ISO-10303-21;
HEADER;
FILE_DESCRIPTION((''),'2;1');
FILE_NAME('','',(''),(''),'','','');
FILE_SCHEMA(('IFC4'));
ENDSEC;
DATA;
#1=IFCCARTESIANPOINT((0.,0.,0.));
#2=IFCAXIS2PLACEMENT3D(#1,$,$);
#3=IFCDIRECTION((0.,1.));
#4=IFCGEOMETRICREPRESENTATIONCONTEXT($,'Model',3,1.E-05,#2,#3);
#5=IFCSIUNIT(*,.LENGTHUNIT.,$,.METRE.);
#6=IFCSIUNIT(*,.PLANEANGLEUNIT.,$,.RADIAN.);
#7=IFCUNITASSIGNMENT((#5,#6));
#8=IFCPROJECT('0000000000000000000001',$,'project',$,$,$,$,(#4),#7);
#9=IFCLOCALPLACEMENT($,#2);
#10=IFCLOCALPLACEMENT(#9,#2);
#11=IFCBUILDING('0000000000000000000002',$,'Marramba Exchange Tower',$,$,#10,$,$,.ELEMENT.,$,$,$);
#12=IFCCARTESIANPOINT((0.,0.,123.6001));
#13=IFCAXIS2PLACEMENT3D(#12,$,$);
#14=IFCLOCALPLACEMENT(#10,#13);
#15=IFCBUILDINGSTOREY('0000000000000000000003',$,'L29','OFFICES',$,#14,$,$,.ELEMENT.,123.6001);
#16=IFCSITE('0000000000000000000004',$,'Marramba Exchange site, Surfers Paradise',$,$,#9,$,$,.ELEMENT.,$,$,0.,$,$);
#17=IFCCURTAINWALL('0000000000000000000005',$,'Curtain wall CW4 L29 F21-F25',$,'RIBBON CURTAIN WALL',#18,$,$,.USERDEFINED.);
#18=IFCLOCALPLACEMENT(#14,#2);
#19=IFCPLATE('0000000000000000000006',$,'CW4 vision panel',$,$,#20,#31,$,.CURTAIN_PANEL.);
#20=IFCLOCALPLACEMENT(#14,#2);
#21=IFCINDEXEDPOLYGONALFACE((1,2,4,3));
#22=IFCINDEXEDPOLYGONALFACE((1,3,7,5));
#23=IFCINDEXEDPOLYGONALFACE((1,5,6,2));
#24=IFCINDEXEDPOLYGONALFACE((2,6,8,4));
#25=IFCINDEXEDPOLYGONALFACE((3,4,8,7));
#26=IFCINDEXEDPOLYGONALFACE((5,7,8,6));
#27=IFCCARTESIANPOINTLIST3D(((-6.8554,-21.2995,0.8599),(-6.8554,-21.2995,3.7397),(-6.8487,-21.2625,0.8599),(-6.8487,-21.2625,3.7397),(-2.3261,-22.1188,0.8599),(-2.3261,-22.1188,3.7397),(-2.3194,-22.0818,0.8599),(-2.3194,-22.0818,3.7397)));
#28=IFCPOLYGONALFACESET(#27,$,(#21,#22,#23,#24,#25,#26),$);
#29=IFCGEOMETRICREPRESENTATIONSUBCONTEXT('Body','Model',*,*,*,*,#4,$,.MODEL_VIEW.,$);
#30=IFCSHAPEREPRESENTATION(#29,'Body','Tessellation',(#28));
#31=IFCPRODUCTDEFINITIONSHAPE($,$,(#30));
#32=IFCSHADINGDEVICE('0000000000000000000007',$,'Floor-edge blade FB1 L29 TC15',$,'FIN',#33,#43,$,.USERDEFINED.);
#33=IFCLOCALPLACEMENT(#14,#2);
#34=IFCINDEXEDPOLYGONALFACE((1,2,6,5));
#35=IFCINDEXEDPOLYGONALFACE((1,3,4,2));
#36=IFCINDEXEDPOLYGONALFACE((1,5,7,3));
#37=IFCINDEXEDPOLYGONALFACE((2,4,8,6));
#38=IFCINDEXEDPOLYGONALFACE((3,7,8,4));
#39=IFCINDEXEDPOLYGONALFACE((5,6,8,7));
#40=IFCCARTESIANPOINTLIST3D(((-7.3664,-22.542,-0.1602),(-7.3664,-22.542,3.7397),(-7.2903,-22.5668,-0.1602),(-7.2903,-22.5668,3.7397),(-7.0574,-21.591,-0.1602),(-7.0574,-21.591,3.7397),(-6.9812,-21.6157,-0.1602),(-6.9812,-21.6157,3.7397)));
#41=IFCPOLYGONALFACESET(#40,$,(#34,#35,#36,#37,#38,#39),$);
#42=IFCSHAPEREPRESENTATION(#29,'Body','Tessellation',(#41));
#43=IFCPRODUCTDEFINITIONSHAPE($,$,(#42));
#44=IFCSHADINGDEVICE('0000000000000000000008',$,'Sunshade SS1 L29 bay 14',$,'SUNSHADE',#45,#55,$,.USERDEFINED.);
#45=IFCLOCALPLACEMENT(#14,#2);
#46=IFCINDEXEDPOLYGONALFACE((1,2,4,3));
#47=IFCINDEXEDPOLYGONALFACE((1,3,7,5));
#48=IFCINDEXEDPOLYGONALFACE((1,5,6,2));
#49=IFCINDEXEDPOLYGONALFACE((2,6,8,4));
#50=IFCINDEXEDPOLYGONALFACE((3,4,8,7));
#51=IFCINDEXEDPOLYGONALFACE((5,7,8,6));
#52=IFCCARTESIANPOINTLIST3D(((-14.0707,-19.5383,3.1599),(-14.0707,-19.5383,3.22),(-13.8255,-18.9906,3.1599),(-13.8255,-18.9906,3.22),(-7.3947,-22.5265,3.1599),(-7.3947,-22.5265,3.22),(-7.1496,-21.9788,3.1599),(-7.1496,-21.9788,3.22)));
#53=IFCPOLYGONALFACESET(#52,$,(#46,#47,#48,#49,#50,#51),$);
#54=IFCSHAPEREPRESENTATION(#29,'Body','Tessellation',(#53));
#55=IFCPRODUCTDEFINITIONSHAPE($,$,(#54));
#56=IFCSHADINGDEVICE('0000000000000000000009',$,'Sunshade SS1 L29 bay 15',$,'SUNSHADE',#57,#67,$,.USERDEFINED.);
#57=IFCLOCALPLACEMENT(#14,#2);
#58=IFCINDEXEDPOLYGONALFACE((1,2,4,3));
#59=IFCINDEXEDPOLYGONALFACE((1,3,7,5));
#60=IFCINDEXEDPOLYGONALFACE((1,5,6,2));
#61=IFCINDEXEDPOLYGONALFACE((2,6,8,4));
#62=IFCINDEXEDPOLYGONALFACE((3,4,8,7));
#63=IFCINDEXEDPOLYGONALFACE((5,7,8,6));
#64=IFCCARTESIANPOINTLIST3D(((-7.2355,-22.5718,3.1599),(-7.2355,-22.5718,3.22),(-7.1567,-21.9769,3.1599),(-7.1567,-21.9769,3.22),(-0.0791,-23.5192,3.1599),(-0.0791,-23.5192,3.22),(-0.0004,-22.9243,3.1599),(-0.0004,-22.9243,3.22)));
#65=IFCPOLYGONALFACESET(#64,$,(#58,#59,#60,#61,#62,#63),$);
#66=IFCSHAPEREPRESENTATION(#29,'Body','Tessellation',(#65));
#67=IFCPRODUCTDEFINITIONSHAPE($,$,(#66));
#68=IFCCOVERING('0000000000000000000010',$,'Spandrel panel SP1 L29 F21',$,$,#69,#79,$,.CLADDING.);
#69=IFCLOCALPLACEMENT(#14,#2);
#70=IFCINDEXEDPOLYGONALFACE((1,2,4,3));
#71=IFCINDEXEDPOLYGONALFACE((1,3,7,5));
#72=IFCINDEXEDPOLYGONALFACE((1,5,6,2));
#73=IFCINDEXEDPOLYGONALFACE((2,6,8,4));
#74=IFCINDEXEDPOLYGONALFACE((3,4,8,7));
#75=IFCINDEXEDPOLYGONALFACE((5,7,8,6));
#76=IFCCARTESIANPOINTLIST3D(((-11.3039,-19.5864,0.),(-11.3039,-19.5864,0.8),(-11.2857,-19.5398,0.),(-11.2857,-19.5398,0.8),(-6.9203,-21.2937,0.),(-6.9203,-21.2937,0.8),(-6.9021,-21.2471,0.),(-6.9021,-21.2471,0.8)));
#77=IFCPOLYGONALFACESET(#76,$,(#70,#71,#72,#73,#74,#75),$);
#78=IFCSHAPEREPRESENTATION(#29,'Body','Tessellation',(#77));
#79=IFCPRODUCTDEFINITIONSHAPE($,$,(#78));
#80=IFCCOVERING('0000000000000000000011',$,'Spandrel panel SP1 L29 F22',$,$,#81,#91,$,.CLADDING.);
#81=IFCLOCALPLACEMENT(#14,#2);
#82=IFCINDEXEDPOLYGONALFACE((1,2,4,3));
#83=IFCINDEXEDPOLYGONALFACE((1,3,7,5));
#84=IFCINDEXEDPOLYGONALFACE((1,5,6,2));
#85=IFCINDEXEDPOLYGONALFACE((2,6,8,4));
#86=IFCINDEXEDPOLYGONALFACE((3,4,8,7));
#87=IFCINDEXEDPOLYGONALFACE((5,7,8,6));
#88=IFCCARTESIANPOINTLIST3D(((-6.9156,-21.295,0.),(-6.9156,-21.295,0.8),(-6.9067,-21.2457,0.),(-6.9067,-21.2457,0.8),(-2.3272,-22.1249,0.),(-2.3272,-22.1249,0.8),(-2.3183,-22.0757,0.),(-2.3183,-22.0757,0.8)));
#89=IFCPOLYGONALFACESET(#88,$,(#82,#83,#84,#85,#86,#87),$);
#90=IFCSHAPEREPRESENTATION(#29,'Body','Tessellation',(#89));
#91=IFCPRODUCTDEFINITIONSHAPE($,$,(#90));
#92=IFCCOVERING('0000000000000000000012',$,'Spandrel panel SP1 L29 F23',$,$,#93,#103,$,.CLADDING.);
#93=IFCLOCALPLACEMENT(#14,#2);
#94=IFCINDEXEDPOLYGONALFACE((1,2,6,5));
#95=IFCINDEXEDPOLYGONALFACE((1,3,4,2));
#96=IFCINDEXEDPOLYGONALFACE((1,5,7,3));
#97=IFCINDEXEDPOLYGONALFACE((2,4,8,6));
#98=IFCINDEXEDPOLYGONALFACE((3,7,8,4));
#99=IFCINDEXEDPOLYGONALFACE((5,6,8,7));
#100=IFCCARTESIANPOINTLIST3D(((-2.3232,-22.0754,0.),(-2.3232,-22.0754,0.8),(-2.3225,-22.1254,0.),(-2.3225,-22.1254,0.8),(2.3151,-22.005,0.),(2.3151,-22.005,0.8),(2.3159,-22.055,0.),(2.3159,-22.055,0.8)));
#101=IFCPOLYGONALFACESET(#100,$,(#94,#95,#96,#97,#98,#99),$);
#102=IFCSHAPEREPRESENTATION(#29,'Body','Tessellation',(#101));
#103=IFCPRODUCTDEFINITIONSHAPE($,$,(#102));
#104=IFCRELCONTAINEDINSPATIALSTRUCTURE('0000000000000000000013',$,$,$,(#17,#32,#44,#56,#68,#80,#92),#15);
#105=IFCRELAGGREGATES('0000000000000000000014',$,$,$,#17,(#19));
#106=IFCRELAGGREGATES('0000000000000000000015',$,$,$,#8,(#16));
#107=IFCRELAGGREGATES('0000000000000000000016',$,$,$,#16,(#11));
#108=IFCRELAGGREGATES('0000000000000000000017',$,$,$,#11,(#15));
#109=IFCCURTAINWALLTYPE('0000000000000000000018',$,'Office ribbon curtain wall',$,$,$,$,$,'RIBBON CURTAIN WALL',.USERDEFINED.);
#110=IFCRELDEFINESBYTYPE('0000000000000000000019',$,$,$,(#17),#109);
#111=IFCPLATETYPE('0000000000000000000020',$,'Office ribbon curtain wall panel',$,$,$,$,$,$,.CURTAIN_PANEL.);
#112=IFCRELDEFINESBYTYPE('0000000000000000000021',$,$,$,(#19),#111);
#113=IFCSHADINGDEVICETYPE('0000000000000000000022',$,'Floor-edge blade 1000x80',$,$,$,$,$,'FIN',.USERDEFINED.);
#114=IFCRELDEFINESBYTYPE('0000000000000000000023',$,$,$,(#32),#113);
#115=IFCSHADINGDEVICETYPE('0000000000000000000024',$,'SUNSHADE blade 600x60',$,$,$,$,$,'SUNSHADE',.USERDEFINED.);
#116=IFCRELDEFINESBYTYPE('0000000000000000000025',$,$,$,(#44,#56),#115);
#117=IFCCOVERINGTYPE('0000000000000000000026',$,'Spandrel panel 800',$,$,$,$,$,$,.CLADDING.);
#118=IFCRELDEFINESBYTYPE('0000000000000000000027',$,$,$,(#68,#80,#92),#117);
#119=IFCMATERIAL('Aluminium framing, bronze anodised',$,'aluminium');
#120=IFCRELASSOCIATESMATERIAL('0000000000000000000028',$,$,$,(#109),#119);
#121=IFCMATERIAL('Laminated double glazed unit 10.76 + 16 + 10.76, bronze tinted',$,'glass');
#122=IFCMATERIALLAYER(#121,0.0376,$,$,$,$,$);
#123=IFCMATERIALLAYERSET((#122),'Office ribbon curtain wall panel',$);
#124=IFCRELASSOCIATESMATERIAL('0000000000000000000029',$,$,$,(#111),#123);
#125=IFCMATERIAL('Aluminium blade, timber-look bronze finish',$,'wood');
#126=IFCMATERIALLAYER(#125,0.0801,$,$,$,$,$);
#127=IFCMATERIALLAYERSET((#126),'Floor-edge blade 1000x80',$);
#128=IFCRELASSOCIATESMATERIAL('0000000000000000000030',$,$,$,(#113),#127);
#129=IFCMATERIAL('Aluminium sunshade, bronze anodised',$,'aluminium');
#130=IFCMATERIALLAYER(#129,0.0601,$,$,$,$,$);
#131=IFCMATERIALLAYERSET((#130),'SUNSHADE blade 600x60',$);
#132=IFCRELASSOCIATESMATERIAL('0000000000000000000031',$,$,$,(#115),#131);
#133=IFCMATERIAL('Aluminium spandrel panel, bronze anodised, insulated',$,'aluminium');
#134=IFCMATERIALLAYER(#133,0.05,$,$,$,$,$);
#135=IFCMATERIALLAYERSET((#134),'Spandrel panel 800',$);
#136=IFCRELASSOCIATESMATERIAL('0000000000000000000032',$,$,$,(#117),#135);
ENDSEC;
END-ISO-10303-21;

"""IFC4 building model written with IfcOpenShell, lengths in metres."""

from ifc_helpers import new_model, si_unit, direction, frame, origin, origin_2d, place, context, subcontext, project, spatial, rectangle, extrude, material, layer, layer_set, type_object, element, aggregate, save


model = new_model("IFC4")

# Units and contexts
model_context = context("Model", 3, precision=1e-05, world=origin(), true_north=direction((0.0, 1.0)))
body_context = subcontext(model_context, "Body", "Model", "MODEL_VIEW")
ifc_project = project(units=[si_unit("LENGTHUNIT", "METRE"), si_unit("PLANEANGLEUNIT", "RADIAN")], contexts=[model_context])

# Site, building, storey
site_placement = place(None, origin())
site = spatial("IfcSite", under=ifc_project, at=site_placement, Name="Marramba Exchange site, Surfers Paradise", CompositionType="ELEMENT", RefElevation=0.0)
building_placement = place(site_placement, origin())
building = spatial("IfcBuilding", under=site, at=building_placement, Name="Marramba Exchange Tower", CompositionType="ELEMENT")
storey_placement = place(building_placement, frame((0.0, 0.0, 123.6001)))
storey = spatial("IfcBuildingStorey", under=building, at=storey_placement, Name="L29", Description="OFFICES", CompositionType="ELEMENT", Elevation=123.6001)

# Curtain wall
ifc_material_1 = material(Name="Aluminium framing, bronze anodised", Category="aluminium")
curtain_wall_type = type_object("IfcCurtainWallType", Name="Office ribbon curtain wall", ElementType="RIBBON CURTAIN WALL", PredefinedType="USERDEFINED", material=ifc_material_1)
curtain_wall_1_placement = place(storey_placement, origin())
curtain_wall_1 = element("IfcCurtainWall", 1, at=curtain_wall_1_placement, inside=storey, type_object=curtain_wall_type, Name="Curtain wall CW4 L29 F21-F25", ObjectType="RIBBON CURTAIN WALL", PredefinedType="USERDEFINED")

# Shared definitions
ifc_material_2 = material(Name="Laminated double glazed unit 10.76 + 16 + 10.76, bronze tinted", Category="glass")
ifc_layer_1 = layer(ifc_material_2, 0.0376)
ifc_layer_set_1 = layer_set([ifc_layer_1], Name="Office ribbon curtain wall panel")
plate_type = type_object("IfcPlateType", Name="Office ribbon curtain wall panel", PredefinedType="CURTAIN_PANEL", material=ifc_layer_set_1)

# Plate
plate_1_placement = place(storey_placement, frame((-4.5874, -21.6907, 0.8599), z_axis=(0.0, 0.0, 1.0), x_axis=(0.984032, -0.177992, 0.0)))
plate_1 = element("IfcPlate", 2, at=plate_1_placement, type_object=plate_type, Name="CW4 vision panel", PredefinedType="CURTAIN_PANEL", context=body_context, shape_type="SweptSolid", body=[
    extrude(rectangle(XDim=4.6028, YDim=0.0376, at=origin_2d()), origin(), (0.0, 0.0, 1.0), 2.8799),
])
aggregate(curtain_wall_1, [plate_1])

# Shading devices
ifc_material_3 = material(Name="Aluminium blade, timber-look bronze finish", Category="wood")
ifc_layer_2 = layer(ifc_material_3, 0.0801)
ifc_layer_set_2 = layer_set([ifc_layer_2], Name="Floor-edge blade 1000x80")
shading_device_type_1 = type_object("IfcShadingDeviceType", Name="Floor-edge blade 1000x80", ElementType="FIN", PredefinedType="USERDEFINED", material=ifc_layer_set_2)
shading_device_1_placement = place(storey_placement, frame((-7.1738, -22.0789, -0.1602), z_axis=(0.0, 0.0, 1.0), x_axis=(-0.309017, -0.951057, 0.0)))
element("IfcShadingDevice", 3, at=shading_device_1_placement, inside=storey, type_object=shading_device_type_1, Name="Floor-edge blade FB1 L29 TC15", ObjectType="FIN", PredefinedType="USERDEFINED", context=body_context, shape_type="SweptSolid", body=[
    extrude(rectangle(XDim=1.0, YDim=0.0801, at=origin_2d()), origin(), (0.0, 0.0, 1.0), 3.8999),
])
ifc_material_4 = material(Name="Aluminium sunshade, bronze anodised", Category="aluminium")
ifc_layer_3 = layer(ifc_material_4, 0.0601)
ifc_layer_set_3 = layer_set([ifc_layer_3], Name="SUNSHADE blade 600x60")
shading_device_type_2 = type_object("IfcShadingDeviceType", Name="SUNSHADE blade 600x60", ElementType="SUNSHADE", PredefinedType="USERDEFINED", material=ifc_layer_set_3)
shading_device_2_placement = place(storey_placement, frame((-10.6101, -20.7585, 3.1599), z_axis=(0.0, 0.0, 1.0), x_axis=(0.912736, -0.40855, 0.0)))
element("IfcShadingDevice", 4, at=shading_device_2_placement, inside=storey, type_object=shading_device_type_2, Name="Sunshade SS1 L29 bay 14", ObjectType="SUNSHADE", PredefinedType="USERDEFINED", context=body_context, shape_type="SweptSolid", body=[
    extrude(rectangle(XDim=7.3142, YDim=0.6001, at=origin_2d()), origin(), (0.0, 0.0, 1.0), 0.0601),
])
shading_device_3_placement = place(storey_placement, frame((-3.6179, -22.748, 3.1599), z_axis=(0.0, 0.0, 1.0), x_axis=(0.99135, -0.131241, 0.0)))
element("IfcShadingDevice", 5, at=shading_device_3_placement, inside=storey, type_object=shading_device_type_2, Name="Sunshade SS1 L29 bay 15", ObjectType="SUNSHADE", PredefinedType="USERDEFINED", context=body_context, shape_type="SweptSolid", body=[
    extrude(rectangle(XDim=7.2188, YDim=0.6001, at=origin_2d()), origin(), (0.0, 0.0, 1.0), 0.0601),
])

# Coverings
ifc_material_5 = material(Name="Aluminium spandrel panel, bronze anodised, insulated", Category="aluminium")
ifc_layer_4 = layer(ifc_material_5, 0.05)
ifc_layer_set_4 = layer_set([ifc_layer_4], Name="Spandrel panel 800")
covering_type = type_object("IfcCoveringType", Name="Spandrel panel 800", PredefinedType="CLADDING", material=ifc_layer_set_4)
covering_1_placement = place(storey_placement, frame((-9.103, -20.4167, 0.0), z_axis=(0.0, 0.0, 1.0), x_axis=(0.931818, -0.362925, 0.0)))
element("IfcCovering", 6, at=covering_1_placement, inside=storey, type_object=covering_type, Name="Spandrel panel SP1 L29 F21", PredefinedType="CLADDING", context=body_context, shape_type="SweptSolid", body=[
    extrude(rectangle(XDim=4.7043, YDim=0.05, at=origin_2d()), origin(), (0.0, 0.0, 1.0), 0.8),
])
covering_2_placement = place(storey_placement, frame((-4.6169, -21.6853, 0.0), z_axis=(0.0, 0.0, 1.0), x_axis=(0.984032, -0.177992, 0.0)))
element("IfcCovering", 7, at=covering_2_placement, inside=storey, type_object=covering_type, Name="Spandrel panel SP1 L29 F22", PredefinedType="CLADDING", context=body_context, shape_type="SweptSolid", body=[
    extrude(rectangle(XDim=4.6628, YDim=0.05, at=origin_2d()), origin(), (0.0, 0.0, 1.0), 0.8),
])
covering_3_placement = place(storey_placement, frame((-0.0037, -22.0652, 0.0), z_axis=(0.0, 0.0, 1.0), x_axis=(0.999885, 0.015179, 0.0)))
element("IfcCovering", 8, at=covering_3_placement, inside=storey, type_object=covering_type, Name="Spandrel panel SP1 L29 F23", PredefinedType="CLADDING", context=body_context, shape_type="SweptSolid", body=[
    extrude(rectangle(XDim=4.6389, YDim=0.05, at=origin_2d()), origin(), (0.0, 0.0, 1.0), 0.8),
])

save(model, "model.ifc")
